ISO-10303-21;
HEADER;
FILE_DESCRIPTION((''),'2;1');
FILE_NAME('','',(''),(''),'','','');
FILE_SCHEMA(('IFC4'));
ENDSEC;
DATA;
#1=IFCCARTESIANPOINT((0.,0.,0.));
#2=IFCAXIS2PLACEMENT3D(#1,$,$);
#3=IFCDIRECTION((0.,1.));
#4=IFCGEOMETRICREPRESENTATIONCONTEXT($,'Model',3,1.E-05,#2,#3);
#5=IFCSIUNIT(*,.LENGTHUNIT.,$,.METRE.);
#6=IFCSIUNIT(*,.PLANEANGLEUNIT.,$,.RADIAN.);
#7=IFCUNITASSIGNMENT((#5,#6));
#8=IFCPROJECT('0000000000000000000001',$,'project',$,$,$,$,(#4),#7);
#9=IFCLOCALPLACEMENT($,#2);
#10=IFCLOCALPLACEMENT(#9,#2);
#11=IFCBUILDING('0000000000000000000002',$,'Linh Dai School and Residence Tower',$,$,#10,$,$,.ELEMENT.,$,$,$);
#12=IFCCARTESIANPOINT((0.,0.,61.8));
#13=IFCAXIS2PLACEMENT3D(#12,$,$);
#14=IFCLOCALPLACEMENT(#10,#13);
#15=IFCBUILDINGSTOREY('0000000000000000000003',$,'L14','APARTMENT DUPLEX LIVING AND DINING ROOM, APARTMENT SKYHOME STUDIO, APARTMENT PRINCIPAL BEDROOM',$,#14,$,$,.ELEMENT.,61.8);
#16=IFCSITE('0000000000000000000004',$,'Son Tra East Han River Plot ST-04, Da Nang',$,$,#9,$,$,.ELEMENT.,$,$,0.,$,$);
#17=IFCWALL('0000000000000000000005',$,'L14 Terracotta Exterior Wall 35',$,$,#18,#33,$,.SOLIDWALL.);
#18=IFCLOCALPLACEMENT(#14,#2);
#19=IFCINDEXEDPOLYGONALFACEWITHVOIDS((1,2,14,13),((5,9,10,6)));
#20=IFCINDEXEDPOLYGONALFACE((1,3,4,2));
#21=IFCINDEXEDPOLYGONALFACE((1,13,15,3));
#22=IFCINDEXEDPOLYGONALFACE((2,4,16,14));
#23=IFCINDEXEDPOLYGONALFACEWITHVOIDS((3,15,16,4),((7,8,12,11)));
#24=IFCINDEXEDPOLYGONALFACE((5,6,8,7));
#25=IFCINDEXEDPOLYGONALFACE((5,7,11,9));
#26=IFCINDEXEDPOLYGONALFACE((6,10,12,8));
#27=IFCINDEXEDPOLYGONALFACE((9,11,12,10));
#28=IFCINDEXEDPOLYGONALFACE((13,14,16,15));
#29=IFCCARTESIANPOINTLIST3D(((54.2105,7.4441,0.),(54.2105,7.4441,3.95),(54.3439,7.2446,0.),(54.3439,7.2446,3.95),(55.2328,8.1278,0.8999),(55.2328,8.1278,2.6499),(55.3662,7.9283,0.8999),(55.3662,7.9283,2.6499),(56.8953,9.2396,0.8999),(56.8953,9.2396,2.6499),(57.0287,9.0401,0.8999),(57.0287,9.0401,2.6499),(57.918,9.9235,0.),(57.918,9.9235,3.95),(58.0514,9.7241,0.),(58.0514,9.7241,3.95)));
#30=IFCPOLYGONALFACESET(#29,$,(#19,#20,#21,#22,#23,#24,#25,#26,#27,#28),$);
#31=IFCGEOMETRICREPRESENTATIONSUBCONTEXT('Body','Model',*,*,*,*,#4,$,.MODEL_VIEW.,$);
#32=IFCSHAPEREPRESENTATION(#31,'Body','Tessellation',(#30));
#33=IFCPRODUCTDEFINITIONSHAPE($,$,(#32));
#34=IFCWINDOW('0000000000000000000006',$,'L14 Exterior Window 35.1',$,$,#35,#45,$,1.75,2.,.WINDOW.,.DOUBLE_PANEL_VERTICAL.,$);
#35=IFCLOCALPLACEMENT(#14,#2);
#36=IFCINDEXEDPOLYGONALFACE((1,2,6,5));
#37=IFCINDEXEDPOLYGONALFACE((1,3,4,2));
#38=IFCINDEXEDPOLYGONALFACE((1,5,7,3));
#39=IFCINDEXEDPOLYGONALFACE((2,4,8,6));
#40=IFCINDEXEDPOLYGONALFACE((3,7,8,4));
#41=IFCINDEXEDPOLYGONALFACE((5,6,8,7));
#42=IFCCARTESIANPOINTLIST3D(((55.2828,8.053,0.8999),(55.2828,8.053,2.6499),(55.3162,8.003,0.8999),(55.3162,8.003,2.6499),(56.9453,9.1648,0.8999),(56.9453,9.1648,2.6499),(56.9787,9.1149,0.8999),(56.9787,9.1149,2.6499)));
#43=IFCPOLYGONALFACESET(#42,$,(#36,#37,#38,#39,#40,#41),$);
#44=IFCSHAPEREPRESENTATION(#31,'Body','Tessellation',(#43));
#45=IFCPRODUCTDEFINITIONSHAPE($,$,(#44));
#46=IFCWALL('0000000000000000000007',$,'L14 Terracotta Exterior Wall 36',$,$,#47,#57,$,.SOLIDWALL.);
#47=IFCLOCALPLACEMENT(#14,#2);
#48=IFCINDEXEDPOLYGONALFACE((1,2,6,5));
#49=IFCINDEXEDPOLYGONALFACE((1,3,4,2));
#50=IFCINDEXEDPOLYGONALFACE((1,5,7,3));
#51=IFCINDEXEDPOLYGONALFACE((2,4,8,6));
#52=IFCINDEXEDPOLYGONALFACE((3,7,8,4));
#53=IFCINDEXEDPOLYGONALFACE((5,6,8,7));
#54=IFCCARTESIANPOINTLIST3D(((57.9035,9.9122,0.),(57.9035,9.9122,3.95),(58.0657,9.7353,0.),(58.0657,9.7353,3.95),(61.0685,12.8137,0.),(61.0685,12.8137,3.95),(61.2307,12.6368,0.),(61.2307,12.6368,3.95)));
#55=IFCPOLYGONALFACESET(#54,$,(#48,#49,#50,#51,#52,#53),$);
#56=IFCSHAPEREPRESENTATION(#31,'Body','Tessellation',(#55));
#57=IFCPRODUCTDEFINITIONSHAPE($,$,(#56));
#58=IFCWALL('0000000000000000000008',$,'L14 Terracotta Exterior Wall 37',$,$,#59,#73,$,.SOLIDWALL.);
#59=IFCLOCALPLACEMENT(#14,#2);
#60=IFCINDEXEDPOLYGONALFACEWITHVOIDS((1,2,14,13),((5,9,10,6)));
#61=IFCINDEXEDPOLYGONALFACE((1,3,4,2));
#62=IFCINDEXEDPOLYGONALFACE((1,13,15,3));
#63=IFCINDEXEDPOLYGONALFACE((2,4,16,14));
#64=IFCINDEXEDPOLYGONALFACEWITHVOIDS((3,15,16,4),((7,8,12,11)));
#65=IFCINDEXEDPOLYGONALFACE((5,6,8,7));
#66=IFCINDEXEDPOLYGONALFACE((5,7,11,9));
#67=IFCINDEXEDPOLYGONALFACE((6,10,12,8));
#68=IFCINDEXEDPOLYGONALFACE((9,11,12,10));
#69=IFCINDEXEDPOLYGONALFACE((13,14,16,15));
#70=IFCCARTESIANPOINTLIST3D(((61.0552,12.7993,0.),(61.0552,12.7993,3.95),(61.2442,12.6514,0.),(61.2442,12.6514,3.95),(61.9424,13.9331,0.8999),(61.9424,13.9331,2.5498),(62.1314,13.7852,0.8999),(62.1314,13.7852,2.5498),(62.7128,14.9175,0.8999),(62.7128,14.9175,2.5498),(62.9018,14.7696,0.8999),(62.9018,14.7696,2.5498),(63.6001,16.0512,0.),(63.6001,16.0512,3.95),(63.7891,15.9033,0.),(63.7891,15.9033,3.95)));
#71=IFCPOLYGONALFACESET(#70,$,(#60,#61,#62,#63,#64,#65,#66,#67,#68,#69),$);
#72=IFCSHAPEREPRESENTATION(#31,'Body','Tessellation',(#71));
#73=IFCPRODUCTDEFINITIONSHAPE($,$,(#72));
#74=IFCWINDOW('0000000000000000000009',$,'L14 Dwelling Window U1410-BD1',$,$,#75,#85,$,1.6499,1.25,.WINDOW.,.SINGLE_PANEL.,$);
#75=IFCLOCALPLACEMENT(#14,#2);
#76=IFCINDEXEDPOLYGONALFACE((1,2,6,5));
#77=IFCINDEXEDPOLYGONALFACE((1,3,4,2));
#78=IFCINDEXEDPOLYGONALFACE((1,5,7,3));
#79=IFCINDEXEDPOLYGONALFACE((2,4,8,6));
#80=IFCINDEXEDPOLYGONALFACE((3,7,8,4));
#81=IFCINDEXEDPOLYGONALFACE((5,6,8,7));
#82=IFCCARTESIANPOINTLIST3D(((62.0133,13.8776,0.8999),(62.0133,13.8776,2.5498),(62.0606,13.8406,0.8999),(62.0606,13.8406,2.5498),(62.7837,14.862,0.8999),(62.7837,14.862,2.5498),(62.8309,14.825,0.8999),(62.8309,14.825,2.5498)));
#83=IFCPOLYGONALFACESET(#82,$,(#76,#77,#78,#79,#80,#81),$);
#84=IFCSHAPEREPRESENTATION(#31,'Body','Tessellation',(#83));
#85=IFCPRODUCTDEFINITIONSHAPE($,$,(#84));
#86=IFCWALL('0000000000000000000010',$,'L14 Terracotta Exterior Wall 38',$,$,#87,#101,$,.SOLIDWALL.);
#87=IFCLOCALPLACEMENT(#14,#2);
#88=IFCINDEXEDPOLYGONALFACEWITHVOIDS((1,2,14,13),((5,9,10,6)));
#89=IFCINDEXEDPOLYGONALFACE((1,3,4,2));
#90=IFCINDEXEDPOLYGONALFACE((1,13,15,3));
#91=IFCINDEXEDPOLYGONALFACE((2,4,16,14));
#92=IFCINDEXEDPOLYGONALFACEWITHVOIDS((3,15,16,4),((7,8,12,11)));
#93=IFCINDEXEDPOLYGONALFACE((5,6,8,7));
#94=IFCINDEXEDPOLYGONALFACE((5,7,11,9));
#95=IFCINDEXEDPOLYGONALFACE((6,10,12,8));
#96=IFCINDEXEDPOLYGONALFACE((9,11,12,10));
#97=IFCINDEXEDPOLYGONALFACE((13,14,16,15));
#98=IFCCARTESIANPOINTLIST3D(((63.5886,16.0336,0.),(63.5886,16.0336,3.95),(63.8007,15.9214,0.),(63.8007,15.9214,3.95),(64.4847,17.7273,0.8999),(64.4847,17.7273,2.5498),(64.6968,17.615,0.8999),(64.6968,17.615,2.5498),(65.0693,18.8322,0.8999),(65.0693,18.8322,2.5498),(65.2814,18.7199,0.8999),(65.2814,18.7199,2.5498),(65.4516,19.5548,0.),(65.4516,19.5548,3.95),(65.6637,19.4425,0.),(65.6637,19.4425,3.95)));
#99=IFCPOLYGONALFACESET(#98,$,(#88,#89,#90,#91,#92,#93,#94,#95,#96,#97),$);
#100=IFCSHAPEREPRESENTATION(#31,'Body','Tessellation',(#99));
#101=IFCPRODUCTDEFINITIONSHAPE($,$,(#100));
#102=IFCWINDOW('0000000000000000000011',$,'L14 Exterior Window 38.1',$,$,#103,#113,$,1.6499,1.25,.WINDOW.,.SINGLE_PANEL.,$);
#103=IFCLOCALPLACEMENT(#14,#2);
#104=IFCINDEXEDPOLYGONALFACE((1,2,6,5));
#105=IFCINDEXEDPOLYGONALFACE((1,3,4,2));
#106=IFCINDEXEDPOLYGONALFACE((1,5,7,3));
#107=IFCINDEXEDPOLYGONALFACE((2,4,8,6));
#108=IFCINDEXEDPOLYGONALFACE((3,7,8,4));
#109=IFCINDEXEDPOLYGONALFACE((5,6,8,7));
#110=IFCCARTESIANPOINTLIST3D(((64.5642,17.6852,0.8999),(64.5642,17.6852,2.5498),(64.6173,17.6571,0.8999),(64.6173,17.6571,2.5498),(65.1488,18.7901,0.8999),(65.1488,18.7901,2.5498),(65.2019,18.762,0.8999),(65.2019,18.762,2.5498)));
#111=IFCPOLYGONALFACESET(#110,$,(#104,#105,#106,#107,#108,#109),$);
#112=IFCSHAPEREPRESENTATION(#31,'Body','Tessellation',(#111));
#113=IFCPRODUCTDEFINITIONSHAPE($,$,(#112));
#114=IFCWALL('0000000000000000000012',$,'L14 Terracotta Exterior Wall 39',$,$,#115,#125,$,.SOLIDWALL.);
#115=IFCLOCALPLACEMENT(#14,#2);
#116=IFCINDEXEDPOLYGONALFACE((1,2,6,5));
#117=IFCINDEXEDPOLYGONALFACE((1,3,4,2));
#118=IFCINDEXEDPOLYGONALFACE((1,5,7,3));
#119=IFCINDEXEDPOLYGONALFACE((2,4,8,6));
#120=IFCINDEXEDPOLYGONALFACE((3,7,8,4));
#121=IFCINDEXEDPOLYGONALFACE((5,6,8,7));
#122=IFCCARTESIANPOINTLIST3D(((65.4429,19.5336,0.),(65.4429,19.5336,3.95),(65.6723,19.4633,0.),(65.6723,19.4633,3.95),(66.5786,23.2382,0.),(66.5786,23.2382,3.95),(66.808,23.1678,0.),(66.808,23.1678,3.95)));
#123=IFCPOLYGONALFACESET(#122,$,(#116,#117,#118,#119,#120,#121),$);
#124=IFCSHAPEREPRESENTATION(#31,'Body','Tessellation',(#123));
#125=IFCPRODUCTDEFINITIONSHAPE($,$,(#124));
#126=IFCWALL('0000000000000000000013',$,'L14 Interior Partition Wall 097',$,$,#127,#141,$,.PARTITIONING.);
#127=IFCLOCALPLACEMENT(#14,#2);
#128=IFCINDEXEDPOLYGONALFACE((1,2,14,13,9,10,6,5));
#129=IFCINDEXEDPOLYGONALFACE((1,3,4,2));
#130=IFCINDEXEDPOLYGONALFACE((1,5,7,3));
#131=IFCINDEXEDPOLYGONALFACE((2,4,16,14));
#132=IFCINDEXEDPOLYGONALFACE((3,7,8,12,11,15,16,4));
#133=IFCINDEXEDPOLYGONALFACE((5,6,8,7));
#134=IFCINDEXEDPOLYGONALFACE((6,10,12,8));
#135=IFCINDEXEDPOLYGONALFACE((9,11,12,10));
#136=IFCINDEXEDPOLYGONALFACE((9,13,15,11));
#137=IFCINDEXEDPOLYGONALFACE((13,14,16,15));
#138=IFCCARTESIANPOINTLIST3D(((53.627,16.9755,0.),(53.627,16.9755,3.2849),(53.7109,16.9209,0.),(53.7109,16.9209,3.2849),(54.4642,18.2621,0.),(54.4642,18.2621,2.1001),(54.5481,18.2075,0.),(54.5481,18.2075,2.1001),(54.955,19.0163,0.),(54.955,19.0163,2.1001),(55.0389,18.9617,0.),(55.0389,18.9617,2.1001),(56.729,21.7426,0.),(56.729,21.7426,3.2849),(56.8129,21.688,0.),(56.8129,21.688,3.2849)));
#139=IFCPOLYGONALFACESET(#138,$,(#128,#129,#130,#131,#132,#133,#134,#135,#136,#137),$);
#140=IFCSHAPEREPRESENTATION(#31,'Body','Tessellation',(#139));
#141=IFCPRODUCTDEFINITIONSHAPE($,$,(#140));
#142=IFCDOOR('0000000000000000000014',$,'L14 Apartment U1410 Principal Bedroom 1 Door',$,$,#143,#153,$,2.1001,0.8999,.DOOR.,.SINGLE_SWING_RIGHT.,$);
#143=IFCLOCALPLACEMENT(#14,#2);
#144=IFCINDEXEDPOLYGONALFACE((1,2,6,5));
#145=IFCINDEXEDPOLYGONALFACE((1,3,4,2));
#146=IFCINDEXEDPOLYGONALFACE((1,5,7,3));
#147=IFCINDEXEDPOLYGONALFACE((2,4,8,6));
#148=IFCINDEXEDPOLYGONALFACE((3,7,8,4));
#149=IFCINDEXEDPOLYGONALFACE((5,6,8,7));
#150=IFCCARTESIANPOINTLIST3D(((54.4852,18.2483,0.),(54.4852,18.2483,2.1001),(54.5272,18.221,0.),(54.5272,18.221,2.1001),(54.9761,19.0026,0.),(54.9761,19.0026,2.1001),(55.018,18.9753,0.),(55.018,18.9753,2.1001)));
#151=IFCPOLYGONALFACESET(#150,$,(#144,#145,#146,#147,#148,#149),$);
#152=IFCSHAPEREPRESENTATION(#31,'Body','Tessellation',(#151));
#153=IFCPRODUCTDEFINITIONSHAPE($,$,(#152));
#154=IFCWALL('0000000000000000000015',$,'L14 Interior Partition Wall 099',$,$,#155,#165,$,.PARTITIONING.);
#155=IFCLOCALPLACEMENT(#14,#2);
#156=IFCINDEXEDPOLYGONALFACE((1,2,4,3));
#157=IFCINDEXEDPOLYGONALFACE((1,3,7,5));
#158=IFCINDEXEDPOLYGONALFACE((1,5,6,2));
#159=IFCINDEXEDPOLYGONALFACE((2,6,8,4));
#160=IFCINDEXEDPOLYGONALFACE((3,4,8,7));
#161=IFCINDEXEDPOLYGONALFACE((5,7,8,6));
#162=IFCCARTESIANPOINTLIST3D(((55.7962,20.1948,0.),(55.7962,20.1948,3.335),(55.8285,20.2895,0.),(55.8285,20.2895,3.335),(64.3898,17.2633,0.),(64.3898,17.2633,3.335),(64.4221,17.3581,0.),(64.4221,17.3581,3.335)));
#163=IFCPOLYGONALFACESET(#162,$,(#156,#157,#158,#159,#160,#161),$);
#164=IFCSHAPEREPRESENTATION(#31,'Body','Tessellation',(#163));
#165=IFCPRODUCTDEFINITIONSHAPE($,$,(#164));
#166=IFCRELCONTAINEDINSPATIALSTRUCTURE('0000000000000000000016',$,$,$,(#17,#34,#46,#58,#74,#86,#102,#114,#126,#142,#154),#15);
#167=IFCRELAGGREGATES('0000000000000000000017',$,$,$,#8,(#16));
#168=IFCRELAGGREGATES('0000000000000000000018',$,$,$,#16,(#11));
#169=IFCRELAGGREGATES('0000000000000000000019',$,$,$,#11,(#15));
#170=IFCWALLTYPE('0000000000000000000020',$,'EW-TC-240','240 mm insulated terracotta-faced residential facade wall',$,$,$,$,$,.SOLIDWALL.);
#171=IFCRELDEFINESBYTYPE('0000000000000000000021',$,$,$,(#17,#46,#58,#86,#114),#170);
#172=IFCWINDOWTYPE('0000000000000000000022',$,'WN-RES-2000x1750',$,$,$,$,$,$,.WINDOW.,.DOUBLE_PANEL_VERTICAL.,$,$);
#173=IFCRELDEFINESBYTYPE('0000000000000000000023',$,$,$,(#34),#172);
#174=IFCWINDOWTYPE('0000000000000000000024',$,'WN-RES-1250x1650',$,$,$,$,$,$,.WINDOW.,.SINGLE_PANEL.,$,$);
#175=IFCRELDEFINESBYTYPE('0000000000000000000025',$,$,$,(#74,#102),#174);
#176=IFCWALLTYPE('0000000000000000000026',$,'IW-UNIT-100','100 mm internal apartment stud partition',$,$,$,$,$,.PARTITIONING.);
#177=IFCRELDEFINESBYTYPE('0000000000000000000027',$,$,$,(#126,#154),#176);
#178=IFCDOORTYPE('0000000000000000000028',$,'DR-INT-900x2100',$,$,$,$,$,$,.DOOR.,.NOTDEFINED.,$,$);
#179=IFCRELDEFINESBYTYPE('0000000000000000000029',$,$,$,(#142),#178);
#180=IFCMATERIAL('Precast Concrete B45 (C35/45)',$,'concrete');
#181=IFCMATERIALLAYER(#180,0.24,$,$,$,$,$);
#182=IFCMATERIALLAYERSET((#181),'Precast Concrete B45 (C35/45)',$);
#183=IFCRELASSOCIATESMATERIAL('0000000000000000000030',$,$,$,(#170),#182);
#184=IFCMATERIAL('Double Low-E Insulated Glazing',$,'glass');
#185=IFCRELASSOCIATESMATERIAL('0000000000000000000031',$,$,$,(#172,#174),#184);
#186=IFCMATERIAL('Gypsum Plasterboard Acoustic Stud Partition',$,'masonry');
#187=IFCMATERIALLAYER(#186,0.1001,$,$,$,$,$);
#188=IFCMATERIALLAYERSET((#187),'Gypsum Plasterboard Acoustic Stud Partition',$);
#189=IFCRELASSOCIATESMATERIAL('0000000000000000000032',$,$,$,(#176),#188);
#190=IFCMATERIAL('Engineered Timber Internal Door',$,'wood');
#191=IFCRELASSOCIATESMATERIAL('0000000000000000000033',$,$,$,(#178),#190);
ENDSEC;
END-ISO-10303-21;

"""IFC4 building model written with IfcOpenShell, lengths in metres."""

from ifc_helpers import new_model, si_unit, direction, frame, frame_2d, origin, origin_2d, place, context, subcontext, project, spatial, rectangle, extrude, source, transform, mapped, material, layer, layer_set, type_object, element, fill, save


model = new_model("IFC4")

# Units and contexts
model_context = context("Model", 3, precision=1e-05, world=origin(), true_north=direction((0.0, 1.0)))
body_context = subcontext(model_context, "Body", "Model", "MODEL_VIEW")
ifc_project = project(units=[si_unit("LENGTHUNIT", "METRE"), si_unit("PLANEANGLEUNIT", "RADIAN")], contexts=[model_context])

# Site, building, storey
site_placement = place(None, origin())
site = spatial("IfcSite", under=ifc_project, at=site_placement, Name="Son Tra East Han River Plot ST-04, Da Nang", CompositionType="ELEMENT", RefElevation=0.0)
building_placement = place(site_placement, origin())
building = spatial("IfcBuilding", under=site, at=building_placement, Name="Linh Dai School and Residence Tower", CompositionType="ELEMENT")
storey_placement = place(building_placement, frame((0.0, 0.0, 61.8)))
storey = spatial("IfcBuildingStorey", under=building, at=storey_placement, Name="L14", Description="APARTMENT DUPLEX LIVING AND DINING ROOM, APARTMENT SKYHOME STUDIO, APARTMENT PRINCIPAL BEDROOM", CompositionType="ELEMENT", Elevation=61.8)

# Shared definitions
ifc_material_1 = material(Name="Precast Concrete B45 (C35/45)", Category="concrete")

# Wall, opening, window
ifc_layer_1 = layer(ifc_material_1, 0.24)
ifc_layer_set_1 = layer_set([ifc_layer_1], Name="Precast Concrete B45 (C35/45)")
wall_type_1 = type_object("IfcWallType", Name="EW-TC-240", Description="240 mm insulated terracotta-faced residential facade wall", PredefinedType="SOLIDWALL", material=ifc_layer_set_1)
ifc_material_2 = material(Name="Double Low-E Insulated Glazing", Category="glass")
window_type_1 = type_object("IfcWindowType", Name="WN-RES-2000x1750", PartitioningType="DOUBLE_PANEL_VERTICAL", PredefinedType="WINDOW", material=ifc_material_2)
shared_shape_1 = source(origin(), body_context, "Body", "SweptSolid", [
    extrude(rectangle(XDim=2.0, YDim=1.75, at=origin_2d()), frame((1.0, 0.03, 0.875), z_axis=(0.0, -1.0, 0.0), x_axis=(1.0, 0.0, 0.0)), (0.0, 0.0, 1.0), 0.0601),
])
wall_1_placement = place(storey_placement, frame((57.9846, 9.8237, 0.0), z_axis=(0.0, 0.0, 1.0), x_axis=(-0.831241, -0.555912, 0.0)))
wall_1 = element("IfcWall", 1, at=wall_1_placement, inside=storey, type_object=wall_type_1, Name="L14 Terracotta Exterior Wall 35", PredefinedType="SOLIDWALL", context=body_context, shape_type="SweptSolid", body=[
    extrude(rectangle(XDim=4.4602, YDim=0.24, at=frame_2d((2.23, 0.0))), origin(), (0.0, 0.0, 1.0), 3.95),
])
opening_1_placement = place(wall_1_placement, frame((1.2302, 0.0, 0.8999)))
opening_1 = element("IfcOpeningElement", 2, at=opening_1_placement, cuts=wall_1, PredefinedType="OPENING", context=body_context, shape_type="SweptSolid", body=[
    extrude(rectangle(XDim=2.0, YDim=1.75, at=origin_2d()), frame((1.0, 0.1299, 0.875), z_axis=(0.0, -1.0, 0.0), x_axis=(1.0, 0.0, 0.0)), (0.0, 0.0, 1.0), 0.26),
])
window_1_placement = place(opening_1_placement, origin())
window_1 = element("IfcWindow", 3, at=window_1_placement, inside=storey, type_object=window_type_1, Name="L14 Exterior Window 35.1", OverallHeight=1.75, OverallWidth=2.0, PartitioningType="DOUBLE_PANEL_VERTICAL", PredefinedType="WINDOW", context=body_context, shape_type="MappedRepresentation", body=[
    mapped(shared_shape_1, transform((0.0, 0.0, 0.0), x_axis=(1.0, 0.0, 0.0), y_axis=(0.0, 1.0, 0.0), z_axis=(0.0, 0.0, 1.0), scale=1.0)),
])
fill(opening_1, window_1)

# Wall
wall_2_placement = place(storey_placement, frame((61.1497, 12.7253, 0.0), z_axis=(0.0, 0.0, 1.0), x_axis=(-0.737116, -0.675766, 0.0)))
element("IfcWall", 4, at=wall_2_placement, inside=storey, type_object=wall_type_1, Name="L14 Terracotta Exterior Wall 36", PredefinedType="SOLIDWALL", context=body_context, shape_type="SweptSolid", body=[
    extrude(rectangle(XDim=4.2937, YDim=0.24, at=frame_2d((2.147, 0.0))), origin(), (0.0, 0.0, 1.0), 3.95),
])

# Walls, openings, windows
wall_3_placement = place(storey_placement, frame((63.6946, 15.9773, 0.0), z_axis=(0.0, 0.0, 1.0), x_axis=(-0.616296, -0.787515, 0.0)))
wall_3 = element("IfcWall", 5, at=wall_3_placement, inside=storey, type_object=wall_type_1, Name="L14 Terracotta Exterior Wall 37", PredefinedType="SOLIDWALL", context=body_context, shape_type="SweptSolid", body=[
    extrude(rectangle(XDim=4.1294, YDim=0.24, at=frame_2d((2.0647, 0.0))), origin(), (0.0, 0.0, 1.0), 3.95),
])
opening_2_placement = place(wall_3_placement, frame((1.4397, 0.0, 0.8999)))
opening_2 = element("IfcOpeningElement", 6, at=opening_2_placement, cuts=wall_3, PredefinedType="OPENING", context=body_context, shape_type="SweptSolid", body=[
    extrude(rectangle(XDim=1.25, YDim=1.6499, at=origin_2d()), frame((0.625, 0.1299, 0.825), z_axis=(0.0, -1.0, 0.0), x_axis=(1.0, 0.0, 0.0)), (0.0, 0.0, 1.0), 0.26),
])
window_type_2 = type_object("IfcWindowType", Name="WN-RES-1250x1650", PartitioningType="SINGLE_PANEL", PredefinedType="WINDOW", material=ifc_material_2)
shared_shape_2 = source(origin(), body_context, "Body", "SweptSolid", [
    extrude(rectangle(XDim=1.25, YDim=1.6499, at=origin_2d()), frame((0.625, 0.03, 0.825), z_axis=(0.0, -1.0, 0.0), x_axis=(1.0, 0.0, 0.0)), (0.0, 0.0, 1.0), 0.0601),
])
window_2_placement = place(opening_2_placement, origin())
window_2 = element("IfcWindow", 7, at=window_2_placement, inside=storey, type_object=window_type_2, Name="L14 Dwelling Window U1410-BD1", OverallHeight=1.6499, OverallWidth=1.25, PartitioningType="SINGLE_PANEL", PredefinedType="WINDOW", context=body_context, shape_type="MappedRepresentation", body=[
    mapped(shared_shape_2, transform((0.0, 0.0, 0.0), x_axis=(1.0, 0.0, 0.0), y_axis=(0.0, 1.0, 0.0), z_axis=(0.0, 0.0, 1.0), scale=1.0)),
])
fill(opening_2, window_2)
wall_4_placement = place(storey_placement, frame((65.5576, 19.4985, 0.0), z_axis=(0.0, 0.0, 1.0), x_axis=(-0.467662, -0.883907, 0.0)))
wall_4 = element("IfcWall", 8, at=wall_4_placement, inside=storey, type_object=wall_type_1, Name="L14 Terracotta Exterior Wall 38", PredefinedType="SOLIDWALL", context=body_context, shape_type="SweptSolid", body=[
    extrude(rectangle(XDim=3.9836, YDim=0.24, at=frame_2d((1.9917, 0.0))), origin(), (0.0, 0.0, 1.0), 3.95),
])
opening_3_placement = place(wall_4_placement, frame((0.8174, 0.0, 0.8999)))
opening_3 = element("IfcOpeningElement", 9, at=opening_3_placement, cuts=wall_4, PredefinedType="OPENING", context=body_context, shape_type="SweptSolid", body=[
    extrude(rectangle(XDim=1.25, YDim=1.6499, at=origin_2d()), frame((0.625, 0.1299, 0.825), z_axis=(0.0, -1.0, 0.0), x_axis=(1.0, 0.0, 0.0)), (0.0, 0.0, 1.0), 0.26),
])
window_3_placement = place(opening_3_placement, origin())
window_3 = element("IfcWindow", 10, at=window_3_placement, inside=storey, type_object=window_type_2, Name="L14 Exterior Window 38.1", OverallHeight=1.6499, OverallWidth=1.25, PartitioningType="SINGLE_PANEL", PredefinedType="WINDOW", context=body_context, shape_type="MappedRepresentation", body=[
    mapped(shared_shape_2, transform((0.0, 0.0, 0.0), x_axis=(1.0, 0.0, 0.0), y_axis=(0.0, 1.0, 0.0), z_axis=(0.0, 0.0, 1.0), scale=1.0)),
])
fill(opening_3, window_3)

# Wall
wall_5_placement = place(storey_placement, frame((66.6934, 23.2031, 0.0), z_axis=(0.0, 0.0, 1.0), x_axis=(-0.293112, -0.956078, 0.0)))
element("IfcWall", 11, at=wall_5_placement, inside=storey, type_object=wall_type_1, Name="L14 Terracotta Exterior Wall 39", PredefinedType="SOLIDWALL", context=body_context, shape_type="SweptSolid", body=[
    extrude(rectangle(XDim=3.8748, YDim=0.24, at=frame_2d((1.9375, 0.0))), origin(), (0.0, 0.0, 1.0), 3.95),
])

# Wall, opening, door
ifc_material_3 = material(Name="Gypsum Plasterboard Acoustic Stud Partition", Category="masonry")
ifc_layer_2 = layer(ifc_material_3, 0.1001)
ifc_layer_set_2 = layer_set([ifc_layer_2], Name="Gypsum Plasterboard Acoustic Stud Partition")
wall_type_2 = type_object("IfcWallType", Name="IW-UNIT-100", Description="100 mm internal apartment stud partition", PredefinedType="PARTITIONING", material=ifc_layer_set_2)
wall_6_placement = place(storey_placement, frame((53.6689, 16.9482, 0.0), z_axis=(0.0, 0.0, 1.0), x_axis=(0.545414, 0.838167, 0.0)))
wall_6 = element("IfcWall", 12, at=wall_6_placement, inside=storey, type_object=wall_type_2, Name="L14 Interior Partition Wall 097", PredefinedType="PARTITIONING", context=body_context, shape_type="SweptSolid", body=[
    extrude(rectangle(XDim=5.6875, YDim=0.1001, at=frame_2d((2.8438, 0.0))), origin(), (0.0, 0.0, 1.0), 3.2849),
])
opening_4_placement = place(wall_6_placement, frame((1.5349, 0.0, 0.0)))
opening_4 = element("IfcOpeningElement", 13, at=opening_4_placement, cuts=wall_6, PredefinedType="OPENING", context=body_context, shape_type="SweptSolid", body=[
    extrude(rectangle(XDim=0.8999, YDim=2.1001, at=origin_2d()), frame((0.45, 0.0601, 1.05), z_axis=(0.0, -1.0, 0.0), x_axis=(1.0, 0.0, 0.0)), (0.0, 0.0, 1.0), 0.1201),
])
ifc_material_4 = material(Name="Engineered Timber Internal Door", Category="wood")
door_type_1 = type_object("IfcDoorType", Name="DR-INT-900x2100", OperationType="NOTDEFINED", PredefinedType="DOOR", material=ifc_material_4)
shared_shape_3 = source(origin(), body_context, "Body", "SweptSolid", [
    extrude(rectangle(XDim=0.8999, YDim=2.1001, at=origin_2d()), frame((0.45, 0.0249, 1.05), z_axis=(0.0, -1.0, 0.0), x_axis=(1.0, 0.0, 0.0)), (0.0, 0.0, 1.0), 0.05),
])
door_1_placement = place(opening_4_placement, origin())
door_1 = element("IfcDoor", 14, at=door_1_placement, inside=storey, type_object=door_type_1, Name="L14 Apartment U1410 Principal Bedroom 1 Door", OperationType="SINGLE_SWING_RIGHT", OverallHeight=2.1001, OverallWidth=0.8999, PredefinedType="DOOR", context=body_context, shape_type="MappedRepresentation", body=[
    mapped(shared_shape_3, transform((0.0, 0.0, 0.0), x_axis=(1.0, 0.0, 0.0), y_axis=(0.0, 1.0, 0.0), z_axis=(0.0, 0.0, 1.0), scale=1.0)),
])
fill(opening_4, door_1)

# Wall
wall_7_placement = place(storey_placement, frame((55.8123, 20.2422, 0.0), z_axis=(0.0, 0.0, 1.0), x_axis=(0.94645, -0.322851, 0.0)))
element("IfcWall", 15, at=wall_7_placement, inside=storey, type_object=wall_type_2, Name="L14 Interior Partition Wall 099", PredefinedType="PARTITIONING", context=body_context, shape_type="SweptSolid", body=[
    extrude(rectangle(XDim=9.0798, YDim=0.1001, at=frame_2d((4.54, 0.0))), origin(), (0.0, 0.0, 1.0), 3.335),
])

save(model, "model.ifc")
